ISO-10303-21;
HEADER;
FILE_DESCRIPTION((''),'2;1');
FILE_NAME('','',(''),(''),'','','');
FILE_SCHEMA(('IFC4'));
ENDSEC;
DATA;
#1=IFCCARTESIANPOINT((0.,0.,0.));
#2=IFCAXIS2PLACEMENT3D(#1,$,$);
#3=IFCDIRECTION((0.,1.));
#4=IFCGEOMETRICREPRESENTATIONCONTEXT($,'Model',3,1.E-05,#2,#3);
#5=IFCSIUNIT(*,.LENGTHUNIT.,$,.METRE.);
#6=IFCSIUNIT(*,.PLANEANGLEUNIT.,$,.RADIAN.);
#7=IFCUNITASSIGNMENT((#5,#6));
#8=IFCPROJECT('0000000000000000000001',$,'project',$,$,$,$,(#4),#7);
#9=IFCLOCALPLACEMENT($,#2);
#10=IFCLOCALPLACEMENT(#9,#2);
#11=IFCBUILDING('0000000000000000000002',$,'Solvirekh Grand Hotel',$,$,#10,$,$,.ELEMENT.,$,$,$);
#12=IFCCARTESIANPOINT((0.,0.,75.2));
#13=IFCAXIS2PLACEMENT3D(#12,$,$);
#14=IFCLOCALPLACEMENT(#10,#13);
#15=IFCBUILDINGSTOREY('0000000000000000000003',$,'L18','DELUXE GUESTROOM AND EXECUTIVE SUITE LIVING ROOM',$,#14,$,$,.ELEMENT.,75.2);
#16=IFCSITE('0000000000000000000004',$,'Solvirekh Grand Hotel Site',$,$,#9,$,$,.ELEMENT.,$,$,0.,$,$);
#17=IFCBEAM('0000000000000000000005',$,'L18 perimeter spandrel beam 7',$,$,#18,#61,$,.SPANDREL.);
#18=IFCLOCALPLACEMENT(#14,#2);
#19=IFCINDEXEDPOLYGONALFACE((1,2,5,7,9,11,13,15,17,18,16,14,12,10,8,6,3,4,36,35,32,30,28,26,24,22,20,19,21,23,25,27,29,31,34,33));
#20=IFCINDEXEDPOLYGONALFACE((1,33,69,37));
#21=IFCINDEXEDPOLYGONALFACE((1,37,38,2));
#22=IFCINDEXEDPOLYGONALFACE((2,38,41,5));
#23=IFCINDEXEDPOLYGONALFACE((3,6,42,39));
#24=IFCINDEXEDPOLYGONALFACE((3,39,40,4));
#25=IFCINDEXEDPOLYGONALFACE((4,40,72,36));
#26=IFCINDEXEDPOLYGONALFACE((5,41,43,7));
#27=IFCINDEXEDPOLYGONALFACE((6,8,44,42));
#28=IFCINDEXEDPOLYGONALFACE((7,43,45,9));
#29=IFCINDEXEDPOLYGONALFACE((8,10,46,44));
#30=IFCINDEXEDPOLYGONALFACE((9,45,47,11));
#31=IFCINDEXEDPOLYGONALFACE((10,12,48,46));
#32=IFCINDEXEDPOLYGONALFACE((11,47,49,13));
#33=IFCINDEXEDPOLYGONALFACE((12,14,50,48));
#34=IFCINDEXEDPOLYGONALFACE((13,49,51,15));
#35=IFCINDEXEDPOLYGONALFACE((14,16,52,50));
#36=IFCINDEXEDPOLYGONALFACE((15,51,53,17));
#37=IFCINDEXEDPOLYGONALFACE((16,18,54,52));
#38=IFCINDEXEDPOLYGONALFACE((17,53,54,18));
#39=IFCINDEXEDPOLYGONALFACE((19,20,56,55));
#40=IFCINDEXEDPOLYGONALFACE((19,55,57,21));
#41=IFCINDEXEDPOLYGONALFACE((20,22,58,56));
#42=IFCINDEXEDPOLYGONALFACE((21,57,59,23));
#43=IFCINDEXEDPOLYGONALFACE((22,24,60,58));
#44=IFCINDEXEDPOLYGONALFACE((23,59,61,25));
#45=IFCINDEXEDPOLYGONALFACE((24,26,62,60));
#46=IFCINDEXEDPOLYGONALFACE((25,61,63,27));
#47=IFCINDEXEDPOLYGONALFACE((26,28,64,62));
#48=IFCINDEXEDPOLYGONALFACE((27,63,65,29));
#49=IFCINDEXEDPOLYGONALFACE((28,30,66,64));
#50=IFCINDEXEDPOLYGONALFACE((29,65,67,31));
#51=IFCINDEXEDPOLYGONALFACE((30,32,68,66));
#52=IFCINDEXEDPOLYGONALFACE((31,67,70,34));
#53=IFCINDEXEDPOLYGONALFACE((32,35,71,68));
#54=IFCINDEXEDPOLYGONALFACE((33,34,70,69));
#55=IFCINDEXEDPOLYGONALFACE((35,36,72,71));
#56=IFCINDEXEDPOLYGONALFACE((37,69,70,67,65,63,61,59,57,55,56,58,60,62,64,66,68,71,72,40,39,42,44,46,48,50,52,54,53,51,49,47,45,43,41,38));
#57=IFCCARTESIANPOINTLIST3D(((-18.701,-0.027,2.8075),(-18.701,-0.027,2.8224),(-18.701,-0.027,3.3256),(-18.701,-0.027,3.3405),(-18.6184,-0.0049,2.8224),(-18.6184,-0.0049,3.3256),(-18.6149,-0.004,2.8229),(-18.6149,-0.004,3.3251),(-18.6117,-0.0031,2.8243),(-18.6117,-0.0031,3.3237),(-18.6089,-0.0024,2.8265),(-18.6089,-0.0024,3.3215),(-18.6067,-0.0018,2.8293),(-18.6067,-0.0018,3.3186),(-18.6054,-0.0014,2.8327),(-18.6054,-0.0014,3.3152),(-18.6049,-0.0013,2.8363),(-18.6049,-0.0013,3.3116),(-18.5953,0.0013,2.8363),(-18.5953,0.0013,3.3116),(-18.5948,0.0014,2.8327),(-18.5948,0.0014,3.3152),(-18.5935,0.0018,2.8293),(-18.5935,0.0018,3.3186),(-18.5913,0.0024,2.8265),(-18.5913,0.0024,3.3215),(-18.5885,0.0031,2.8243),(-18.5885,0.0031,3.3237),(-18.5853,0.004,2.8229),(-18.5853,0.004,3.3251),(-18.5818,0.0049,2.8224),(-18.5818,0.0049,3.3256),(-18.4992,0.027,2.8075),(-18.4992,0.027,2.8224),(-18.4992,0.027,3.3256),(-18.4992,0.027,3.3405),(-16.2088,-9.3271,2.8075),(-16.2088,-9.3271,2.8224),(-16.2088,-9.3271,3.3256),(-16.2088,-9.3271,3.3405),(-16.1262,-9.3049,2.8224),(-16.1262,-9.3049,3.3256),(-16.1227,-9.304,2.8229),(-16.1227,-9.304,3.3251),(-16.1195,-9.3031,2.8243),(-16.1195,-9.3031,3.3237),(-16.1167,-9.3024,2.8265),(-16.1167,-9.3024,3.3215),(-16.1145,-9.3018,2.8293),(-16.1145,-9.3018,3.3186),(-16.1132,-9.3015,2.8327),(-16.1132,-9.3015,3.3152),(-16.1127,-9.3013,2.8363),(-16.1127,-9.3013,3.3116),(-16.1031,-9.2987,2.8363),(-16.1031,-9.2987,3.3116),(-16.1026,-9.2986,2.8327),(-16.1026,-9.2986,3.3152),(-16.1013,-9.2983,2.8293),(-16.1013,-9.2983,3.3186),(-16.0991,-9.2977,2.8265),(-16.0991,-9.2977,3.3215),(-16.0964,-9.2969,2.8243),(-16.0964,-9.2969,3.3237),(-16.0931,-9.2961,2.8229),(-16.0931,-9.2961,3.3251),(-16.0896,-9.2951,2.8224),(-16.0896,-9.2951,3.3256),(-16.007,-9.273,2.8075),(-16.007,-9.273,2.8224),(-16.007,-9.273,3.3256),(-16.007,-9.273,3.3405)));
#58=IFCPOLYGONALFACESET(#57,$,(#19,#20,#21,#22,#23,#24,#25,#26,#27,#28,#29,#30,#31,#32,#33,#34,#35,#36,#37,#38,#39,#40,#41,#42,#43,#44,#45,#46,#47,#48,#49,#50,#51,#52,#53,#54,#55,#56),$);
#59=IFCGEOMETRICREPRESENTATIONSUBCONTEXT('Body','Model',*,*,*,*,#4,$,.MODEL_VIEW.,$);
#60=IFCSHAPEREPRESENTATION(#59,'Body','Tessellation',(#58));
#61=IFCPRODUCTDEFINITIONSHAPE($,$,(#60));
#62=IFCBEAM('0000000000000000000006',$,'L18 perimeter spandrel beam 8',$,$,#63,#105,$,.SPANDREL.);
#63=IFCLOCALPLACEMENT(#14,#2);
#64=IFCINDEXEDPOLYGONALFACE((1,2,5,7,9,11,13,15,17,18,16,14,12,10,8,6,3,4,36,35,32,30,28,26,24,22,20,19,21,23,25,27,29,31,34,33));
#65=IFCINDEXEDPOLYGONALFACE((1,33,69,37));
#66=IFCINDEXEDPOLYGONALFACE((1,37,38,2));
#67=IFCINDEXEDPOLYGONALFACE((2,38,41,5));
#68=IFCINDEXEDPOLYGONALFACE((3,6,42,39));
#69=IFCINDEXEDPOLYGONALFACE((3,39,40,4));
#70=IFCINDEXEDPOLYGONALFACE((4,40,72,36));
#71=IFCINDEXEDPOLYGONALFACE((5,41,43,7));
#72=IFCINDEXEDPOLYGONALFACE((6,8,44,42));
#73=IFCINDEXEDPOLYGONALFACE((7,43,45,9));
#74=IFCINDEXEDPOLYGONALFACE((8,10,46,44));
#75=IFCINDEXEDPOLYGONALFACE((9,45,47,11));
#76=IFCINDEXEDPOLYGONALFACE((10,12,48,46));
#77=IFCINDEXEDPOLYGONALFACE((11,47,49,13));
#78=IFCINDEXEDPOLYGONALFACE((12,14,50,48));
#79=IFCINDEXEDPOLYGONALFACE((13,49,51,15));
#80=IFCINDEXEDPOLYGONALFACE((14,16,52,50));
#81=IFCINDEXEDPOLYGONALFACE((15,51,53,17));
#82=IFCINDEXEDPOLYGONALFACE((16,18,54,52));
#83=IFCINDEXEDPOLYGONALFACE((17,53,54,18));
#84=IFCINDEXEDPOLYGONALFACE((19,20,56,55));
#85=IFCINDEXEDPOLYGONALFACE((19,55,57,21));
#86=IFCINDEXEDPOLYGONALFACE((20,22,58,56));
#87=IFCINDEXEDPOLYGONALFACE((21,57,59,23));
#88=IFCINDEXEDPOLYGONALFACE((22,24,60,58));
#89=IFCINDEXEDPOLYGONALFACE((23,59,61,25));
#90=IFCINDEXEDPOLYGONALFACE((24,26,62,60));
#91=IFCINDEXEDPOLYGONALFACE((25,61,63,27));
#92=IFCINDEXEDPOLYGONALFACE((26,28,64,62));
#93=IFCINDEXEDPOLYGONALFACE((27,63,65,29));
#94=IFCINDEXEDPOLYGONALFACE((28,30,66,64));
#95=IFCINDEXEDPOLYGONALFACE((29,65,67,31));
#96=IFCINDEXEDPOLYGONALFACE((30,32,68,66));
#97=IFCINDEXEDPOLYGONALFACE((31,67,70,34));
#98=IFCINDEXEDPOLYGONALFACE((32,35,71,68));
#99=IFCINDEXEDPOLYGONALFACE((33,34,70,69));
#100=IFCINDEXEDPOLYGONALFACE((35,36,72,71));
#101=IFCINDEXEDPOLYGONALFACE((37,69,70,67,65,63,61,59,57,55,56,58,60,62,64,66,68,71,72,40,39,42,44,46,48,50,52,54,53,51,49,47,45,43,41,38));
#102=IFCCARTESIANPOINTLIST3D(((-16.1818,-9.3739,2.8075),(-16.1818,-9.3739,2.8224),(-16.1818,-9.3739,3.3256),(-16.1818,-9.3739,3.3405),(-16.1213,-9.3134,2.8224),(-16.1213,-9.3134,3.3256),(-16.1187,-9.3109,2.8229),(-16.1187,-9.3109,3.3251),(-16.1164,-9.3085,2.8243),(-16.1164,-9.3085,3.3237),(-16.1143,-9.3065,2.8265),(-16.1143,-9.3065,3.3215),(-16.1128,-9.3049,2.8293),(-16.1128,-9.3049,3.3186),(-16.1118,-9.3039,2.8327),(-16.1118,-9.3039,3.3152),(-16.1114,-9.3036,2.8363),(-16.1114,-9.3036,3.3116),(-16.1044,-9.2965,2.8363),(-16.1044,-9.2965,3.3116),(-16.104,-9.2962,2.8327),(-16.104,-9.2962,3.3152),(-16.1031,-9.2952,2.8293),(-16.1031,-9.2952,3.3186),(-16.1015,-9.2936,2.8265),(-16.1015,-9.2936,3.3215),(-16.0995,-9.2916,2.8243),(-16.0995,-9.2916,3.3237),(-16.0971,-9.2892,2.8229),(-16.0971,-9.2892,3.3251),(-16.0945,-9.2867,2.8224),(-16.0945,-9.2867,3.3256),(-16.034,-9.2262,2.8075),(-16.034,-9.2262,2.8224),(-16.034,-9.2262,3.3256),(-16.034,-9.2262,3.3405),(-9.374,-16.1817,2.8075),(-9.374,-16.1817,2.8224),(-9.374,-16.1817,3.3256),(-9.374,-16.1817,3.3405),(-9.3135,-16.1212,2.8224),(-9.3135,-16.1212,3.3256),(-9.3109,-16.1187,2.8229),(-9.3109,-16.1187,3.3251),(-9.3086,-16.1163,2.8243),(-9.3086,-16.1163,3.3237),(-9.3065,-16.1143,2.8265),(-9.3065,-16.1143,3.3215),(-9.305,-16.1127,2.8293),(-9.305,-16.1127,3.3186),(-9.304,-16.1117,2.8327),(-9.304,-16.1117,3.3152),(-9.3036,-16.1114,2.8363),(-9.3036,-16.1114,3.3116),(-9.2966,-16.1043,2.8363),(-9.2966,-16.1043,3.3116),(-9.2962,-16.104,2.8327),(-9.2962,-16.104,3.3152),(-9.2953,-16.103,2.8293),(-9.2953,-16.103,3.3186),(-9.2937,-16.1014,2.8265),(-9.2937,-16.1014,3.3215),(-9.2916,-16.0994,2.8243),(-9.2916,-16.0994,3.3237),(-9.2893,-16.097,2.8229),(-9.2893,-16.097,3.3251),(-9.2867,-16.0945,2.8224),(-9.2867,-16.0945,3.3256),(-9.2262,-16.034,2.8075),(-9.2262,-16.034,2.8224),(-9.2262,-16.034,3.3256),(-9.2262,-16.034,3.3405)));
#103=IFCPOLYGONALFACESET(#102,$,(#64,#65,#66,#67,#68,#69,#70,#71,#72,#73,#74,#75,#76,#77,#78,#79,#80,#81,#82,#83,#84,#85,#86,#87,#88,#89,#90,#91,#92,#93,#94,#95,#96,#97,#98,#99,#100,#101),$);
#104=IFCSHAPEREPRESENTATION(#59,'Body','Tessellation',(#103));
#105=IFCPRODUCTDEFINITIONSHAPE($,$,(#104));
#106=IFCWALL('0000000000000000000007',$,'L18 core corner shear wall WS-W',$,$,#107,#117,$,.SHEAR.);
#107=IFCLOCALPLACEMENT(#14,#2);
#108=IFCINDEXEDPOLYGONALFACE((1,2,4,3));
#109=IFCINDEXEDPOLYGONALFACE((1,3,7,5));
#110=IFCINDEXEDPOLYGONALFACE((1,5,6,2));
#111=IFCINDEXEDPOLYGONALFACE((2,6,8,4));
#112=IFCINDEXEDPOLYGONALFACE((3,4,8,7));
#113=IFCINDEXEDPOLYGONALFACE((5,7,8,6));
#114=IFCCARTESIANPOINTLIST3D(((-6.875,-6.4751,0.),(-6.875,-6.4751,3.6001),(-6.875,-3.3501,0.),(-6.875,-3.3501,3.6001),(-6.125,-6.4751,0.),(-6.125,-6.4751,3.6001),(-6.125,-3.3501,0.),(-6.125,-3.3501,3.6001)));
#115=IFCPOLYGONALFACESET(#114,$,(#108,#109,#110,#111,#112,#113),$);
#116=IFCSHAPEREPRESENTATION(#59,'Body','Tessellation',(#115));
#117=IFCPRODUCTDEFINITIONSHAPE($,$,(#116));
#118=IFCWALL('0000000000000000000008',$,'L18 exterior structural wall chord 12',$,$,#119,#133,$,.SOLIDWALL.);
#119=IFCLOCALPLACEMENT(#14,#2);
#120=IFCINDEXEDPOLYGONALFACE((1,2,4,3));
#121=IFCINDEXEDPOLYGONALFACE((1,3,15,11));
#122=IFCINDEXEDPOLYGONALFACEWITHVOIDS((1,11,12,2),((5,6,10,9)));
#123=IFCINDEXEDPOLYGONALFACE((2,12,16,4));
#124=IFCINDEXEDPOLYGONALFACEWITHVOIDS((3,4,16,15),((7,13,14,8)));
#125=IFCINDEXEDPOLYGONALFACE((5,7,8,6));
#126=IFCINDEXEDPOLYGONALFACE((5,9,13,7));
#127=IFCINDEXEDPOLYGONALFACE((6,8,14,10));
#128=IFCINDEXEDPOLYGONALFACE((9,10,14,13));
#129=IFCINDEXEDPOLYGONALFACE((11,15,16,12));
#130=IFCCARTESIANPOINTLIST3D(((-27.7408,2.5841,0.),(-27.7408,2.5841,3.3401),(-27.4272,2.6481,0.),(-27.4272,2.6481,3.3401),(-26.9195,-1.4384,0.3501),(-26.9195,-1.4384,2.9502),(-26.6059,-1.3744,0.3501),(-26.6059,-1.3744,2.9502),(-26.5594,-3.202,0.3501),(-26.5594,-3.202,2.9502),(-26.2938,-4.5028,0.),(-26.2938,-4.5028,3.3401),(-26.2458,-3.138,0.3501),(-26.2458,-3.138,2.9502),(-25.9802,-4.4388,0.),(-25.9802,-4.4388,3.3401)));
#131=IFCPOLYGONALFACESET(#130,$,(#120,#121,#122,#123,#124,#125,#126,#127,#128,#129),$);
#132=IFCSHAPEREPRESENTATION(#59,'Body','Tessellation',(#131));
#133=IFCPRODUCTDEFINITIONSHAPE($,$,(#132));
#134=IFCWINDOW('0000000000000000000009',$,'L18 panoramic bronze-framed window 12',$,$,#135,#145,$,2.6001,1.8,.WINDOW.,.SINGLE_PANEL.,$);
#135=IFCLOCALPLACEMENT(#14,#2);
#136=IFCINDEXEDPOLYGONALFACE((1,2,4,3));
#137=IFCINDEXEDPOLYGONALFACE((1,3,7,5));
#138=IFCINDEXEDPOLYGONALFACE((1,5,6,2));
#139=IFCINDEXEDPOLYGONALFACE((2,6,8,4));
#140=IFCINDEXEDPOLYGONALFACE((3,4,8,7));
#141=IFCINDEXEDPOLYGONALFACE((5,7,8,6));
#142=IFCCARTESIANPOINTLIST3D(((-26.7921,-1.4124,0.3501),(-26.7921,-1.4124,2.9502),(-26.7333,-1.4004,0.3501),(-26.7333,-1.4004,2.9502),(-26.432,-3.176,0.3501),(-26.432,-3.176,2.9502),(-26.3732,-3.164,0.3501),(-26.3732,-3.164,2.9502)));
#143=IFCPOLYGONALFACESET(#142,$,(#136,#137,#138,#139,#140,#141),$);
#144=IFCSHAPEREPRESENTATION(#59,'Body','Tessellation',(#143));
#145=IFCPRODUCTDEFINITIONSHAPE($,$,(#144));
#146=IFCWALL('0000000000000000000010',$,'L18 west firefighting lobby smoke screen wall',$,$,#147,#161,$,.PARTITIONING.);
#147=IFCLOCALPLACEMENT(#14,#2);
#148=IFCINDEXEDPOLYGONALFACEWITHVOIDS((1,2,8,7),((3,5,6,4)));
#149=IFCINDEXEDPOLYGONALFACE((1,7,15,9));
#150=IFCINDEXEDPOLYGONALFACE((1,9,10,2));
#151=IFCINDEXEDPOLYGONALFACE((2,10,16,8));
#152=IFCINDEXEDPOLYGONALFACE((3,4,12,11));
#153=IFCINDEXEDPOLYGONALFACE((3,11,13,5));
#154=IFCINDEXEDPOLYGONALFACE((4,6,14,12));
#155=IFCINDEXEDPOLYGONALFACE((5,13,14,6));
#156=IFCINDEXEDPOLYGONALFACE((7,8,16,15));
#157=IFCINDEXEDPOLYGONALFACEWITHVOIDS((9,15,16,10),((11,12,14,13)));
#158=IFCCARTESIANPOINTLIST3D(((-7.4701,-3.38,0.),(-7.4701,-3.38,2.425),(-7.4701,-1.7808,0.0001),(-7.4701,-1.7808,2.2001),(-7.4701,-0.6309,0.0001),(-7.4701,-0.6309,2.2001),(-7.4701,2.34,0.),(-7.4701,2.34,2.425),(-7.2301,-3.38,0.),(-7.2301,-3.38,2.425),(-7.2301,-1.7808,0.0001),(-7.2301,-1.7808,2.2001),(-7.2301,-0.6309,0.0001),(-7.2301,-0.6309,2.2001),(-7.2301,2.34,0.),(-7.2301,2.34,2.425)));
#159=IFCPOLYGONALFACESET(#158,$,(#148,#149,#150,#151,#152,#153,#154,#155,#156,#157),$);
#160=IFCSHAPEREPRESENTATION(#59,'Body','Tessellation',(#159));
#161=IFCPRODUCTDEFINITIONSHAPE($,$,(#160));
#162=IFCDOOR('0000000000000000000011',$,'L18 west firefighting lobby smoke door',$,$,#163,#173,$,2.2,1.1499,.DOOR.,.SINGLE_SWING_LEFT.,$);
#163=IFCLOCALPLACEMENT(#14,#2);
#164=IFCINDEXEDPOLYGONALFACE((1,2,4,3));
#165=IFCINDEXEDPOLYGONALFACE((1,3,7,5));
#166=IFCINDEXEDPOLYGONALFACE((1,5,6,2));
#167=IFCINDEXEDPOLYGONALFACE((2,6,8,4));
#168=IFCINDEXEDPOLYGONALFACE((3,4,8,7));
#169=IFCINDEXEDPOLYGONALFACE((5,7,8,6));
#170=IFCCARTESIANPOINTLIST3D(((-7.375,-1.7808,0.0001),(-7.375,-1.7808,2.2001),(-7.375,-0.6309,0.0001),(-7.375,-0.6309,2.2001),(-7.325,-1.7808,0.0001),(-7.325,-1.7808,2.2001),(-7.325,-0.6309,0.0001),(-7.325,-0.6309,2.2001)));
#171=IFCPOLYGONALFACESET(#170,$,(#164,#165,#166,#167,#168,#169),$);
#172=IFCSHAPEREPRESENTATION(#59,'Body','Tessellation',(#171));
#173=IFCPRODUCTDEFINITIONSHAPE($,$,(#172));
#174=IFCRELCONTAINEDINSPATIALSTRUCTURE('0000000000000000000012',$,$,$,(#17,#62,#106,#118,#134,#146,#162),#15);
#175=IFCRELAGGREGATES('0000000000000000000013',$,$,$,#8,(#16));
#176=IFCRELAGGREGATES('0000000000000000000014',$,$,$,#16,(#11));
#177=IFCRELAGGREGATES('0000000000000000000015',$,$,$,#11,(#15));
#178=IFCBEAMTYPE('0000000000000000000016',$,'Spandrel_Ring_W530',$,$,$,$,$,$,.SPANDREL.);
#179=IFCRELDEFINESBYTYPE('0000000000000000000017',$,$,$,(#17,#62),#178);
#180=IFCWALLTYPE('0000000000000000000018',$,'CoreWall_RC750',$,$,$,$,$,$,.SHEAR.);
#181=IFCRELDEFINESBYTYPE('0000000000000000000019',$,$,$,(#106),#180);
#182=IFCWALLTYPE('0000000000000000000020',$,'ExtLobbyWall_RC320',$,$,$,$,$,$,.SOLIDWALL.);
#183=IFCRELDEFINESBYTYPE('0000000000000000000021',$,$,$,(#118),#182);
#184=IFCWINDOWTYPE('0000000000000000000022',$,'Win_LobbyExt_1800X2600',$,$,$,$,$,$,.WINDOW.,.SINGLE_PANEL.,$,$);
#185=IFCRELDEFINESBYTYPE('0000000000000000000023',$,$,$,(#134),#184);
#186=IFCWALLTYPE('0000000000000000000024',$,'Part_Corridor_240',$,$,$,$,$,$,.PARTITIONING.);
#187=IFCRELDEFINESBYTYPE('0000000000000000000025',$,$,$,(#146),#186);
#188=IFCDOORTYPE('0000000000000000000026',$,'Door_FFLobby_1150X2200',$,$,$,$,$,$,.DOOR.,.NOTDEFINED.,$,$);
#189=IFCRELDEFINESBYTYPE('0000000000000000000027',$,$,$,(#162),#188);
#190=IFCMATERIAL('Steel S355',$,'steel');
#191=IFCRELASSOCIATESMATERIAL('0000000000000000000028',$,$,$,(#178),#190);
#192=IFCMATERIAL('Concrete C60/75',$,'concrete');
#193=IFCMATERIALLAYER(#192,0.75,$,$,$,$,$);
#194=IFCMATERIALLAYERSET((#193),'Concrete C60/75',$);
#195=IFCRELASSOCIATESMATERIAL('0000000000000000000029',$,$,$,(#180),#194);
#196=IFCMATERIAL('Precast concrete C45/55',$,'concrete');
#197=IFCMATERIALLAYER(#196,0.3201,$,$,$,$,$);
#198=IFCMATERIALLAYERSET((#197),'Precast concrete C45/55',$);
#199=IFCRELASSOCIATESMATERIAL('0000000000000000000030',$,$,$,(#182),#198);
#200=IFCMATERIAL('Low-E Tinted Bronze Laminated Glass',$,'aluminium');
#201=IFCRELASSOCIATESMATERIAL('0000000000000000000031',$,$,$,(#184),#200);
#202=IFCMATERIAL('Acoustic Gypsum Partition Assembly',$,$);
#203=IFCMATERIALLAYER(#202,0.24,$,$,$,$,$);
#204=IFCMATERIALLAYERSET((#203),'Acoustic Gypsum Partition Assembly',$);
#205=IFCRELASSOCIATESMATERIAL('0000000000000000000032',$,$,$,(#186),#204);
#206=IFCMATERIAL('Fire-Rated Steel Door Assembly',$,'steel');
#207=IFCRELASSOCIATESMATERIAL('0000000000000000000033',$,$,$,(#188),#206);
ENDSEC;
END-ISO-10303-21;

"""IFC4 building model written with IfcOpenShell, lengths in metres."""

from ifc_helpers import new_model, si_unit, direction, frame, frame_2d, origin, origin_2d, place, context, subcontext, project, spatial, rectangle, i_section, extrude, material, layer, layer_set, material_profile, profile_set, type_object, element, fill, save


model = new_model("IFC4")

# Units and contexts
model_context = context("Model", 3, precision=1e-05, world=origin(), true_north=direction((0.0, 1.0)))
body_context = subcontext(model_context, "Body", "Model", "MODEL_VIEW")
ifc_project = project(units=[si_unit("LENGTHUNIT", "METRE"), si_unit("PLANEANGLEUNIT", "RADIAN")], contexts=[model_context])

# Site, building, storey
site_placement = place(None, origin())
site = spatial("IfcSite", under=ifc_project, at=site_placement, Name="Solvirekh Grand Hotel Site", CompositionType="ELEMENT", RefElevation=0.0)
building_placement = place(site_placement, origin())
building = spatial("IfcBuilding", under=site, at=building_placement, Name="Solvirekh Grand Hotel", CompositionType="ELEMENT")
storey_placement = place(building_placement, frame((0.0, 0.0, 75.2)))
storey = spatial("IfcBuildingStorey", under=building, at=storey_placement, Name="L18", Description="DELUXE GUESTROOM AND EXECUTIVE SUITE LIVING ROOM", CompositionType="ELEMENT", Elevation=75.2)

# Shared definitions
ifc_material_1 = material(Name="Concrete C60/75", Category="concrete")

# Beams
ifc_material_2 = material(Name="Steel S355", Category="steel")
ifc_material_profile_1 = material_profile(ifc_material_2, i_section(OverallWidth=0.209, OverallDepth=0.533, WebThickness=0.01, FlangeThickness=0.0149, FilletRadius=0.0139, at=origin_2d()), Name="W530X92")
ifc_profile_set_1 = profile_set([ifc_material_profile_1], Name="Steel S355")
beam_type_1 = type_object("IfcBeamType", Name="Spandrel_Ring_W530", PredefinedType="SPANDREL", material=ifc_profile_set_1)
beam_1_placement = place(storey_placement, frame((-18.6001, 0.0, 3.074), z_axis=(0.258843, -0.965919, 0.0), x_axis=(0.965919, 0.258843, 0.0)))
element("IfcBeam", 1, at=beam_1_placement, inside=storey, type_object=beam_type_1, Name="L18 perimeter spandrel beam 7", PredefinedType="SPANDREL", context=body_context, shape_type="SweptSolid", body=[
    extrude(i_section(OverallWidth=0.209, OverallDepth=0.533, WebThickness=0.01, FlangeThickness=0.0149, FilletRadius=0.0139, at=origin_2d()), origin(), (0.0, 0.0, 1.0), 9.6282),
])
beam_2_placement = place(storey_placement, frame((-16.1079, -9.3, 3.074), z_axis=(0.707107, -0.707107, 0.0), x_axis=(0.707107, 0.707107, 0.0)))
element("IfcBeam", 2, at=beam_2_placement, inside=storey, type_object=beam_type_1, Name="L18 perimeter spandrel beam 8", PredefinedType="SPANDREL", context=body_context, shape_type="SweptSolid", body=[
    extrude(i_section(OverallWidth=0.209, OverallDepth=0.533, WebThickness=0.01, FlangeThickness=0.0149, FilletRadius=0.0139, at=origin_2d()), origin(), (0.0, 0.0, 1.0), 9.6277),
])

# Wall
ifc_layer_1 = layer(ifc_material_1, 0.75)
ifc_layer_set_1 = layer_set([ifc_layer_1], Name="Concrete C60/75")
wall_type_1 = type_object("IfcWallType", Name="CoreWall_RC750", PredefinedType="SHEAR", material=ifc_layer_set_1)
wall_1_placement = place(storey_placement, frame((-6.5, -6.4751, 0.0), z_axis=(0.0, 0.0, 1.0), x_axis=(0.0, 1.0, 0.0)))
element("IfcWall", 3, at=wall_1_placement, inside=storey, type_object=wall_type_1, Name="L18 core corner shear wall WS-W", PredefinedType="SHEAR", context=body_context, shape_type="SweptSolid", body=[
    extrude(rectangle(XDim=3.125, YDim=0.75, at=frame_2d((1.5625, 0.0))), origin(), (0.0, 0.0, 1.0), 3.6001),
])

# Wall, opening, window
ifc_material_3 = material(Name="Precast concrete C45/55", Category="concrete")
ifc_layer_2 = layer(ifc_material_3, 0.3201)
ifc_layer_set_2 = layer_set([ifc_layer_2], Name="Precast concrete C45/55")
wall_type_2 = type_object("IfcWallType", Name="ExtLobbyWall_RC320", PredefinedType="SOLIDWALL", material=ifc_layer_set_2)
wall_2_placement = place(storey_placement, frame((-26.137, -4.4709, 0.0), z_axis=(0.0, 0.0, 1.0), x_axis=(-0.200055, 0.979785, 0.0)))
wall_2 = element("IfcWall", 4, at=wall_2_placement, inside=storey, type_object=wall_type_2, Name="L18 exterior structural wall chord 12", PredefinedType="SOLIDWALL", context=body_context, shape_type="SweptSolid", body=[
    extrude(rectangle(XDim=7.2332, YDim=0.3201, at=frame_2d((3.6167, 0.0))), origin(), (0.0, 0.0, 1.0), 3.3401),
])
opening_1_placement = place(wall_2_placement, frame((1.3279, 0.0, 0.3501)))
opening_1 = element("IfcOpeningElement", 5, at=opening_1_placement, cuts=wall_2, PredefinedType="OPENING", context=body_context, shape_type="SweptSolid", body=[
    extrude(rectangle(XDim=1.8, YDim=2.6001, at=frame_2d((0.8999, 1.3))), frame((0.0, 0.1699, 0.0), z_axis=(0.0, -1.0, 0.0), x_axis=(1.0, 0.0, 0.0)), (0.0, 0.0, 1.0), 0.3401),
])
ifc_material_4 = material(Name="Low-E Tinted Bronze Laminated Glass", Category="aluminium")
window_type = type_object("IfcWindowType", Name="Win_LobbyExt_1800X2600", PartitioningType="SINGLE_PANEL", PredefinedType="WINDOW", material=ifc_material_4)
window_placement = place(opening_1_placement, origin())
window = element("IfcWindow", 6, at=window_placement, inside=storey, type_object=window_type, Name="L18 panoramic bronze-framed window 12", OverallHeight=2.6001, OverallWidth=1.8, PartitioningType="SINGLE_PANEL", PredefinedType="WINDOW", context=body_context, shape_type="SweptSolid", body=[
    extrude(rectangle(XDim=1.8, YDim=2.6001, at=frame_2d((0.8999, 1.3))), frame((0.0, 0.03, 0.0), z_axis=(0.0, -1.0, 0.0), x_axis=(1.0, 0.0, 0.0)), (0.0, 0.0, 1.0), 0.0601),
])
fill(opening_1, window)

# Wall, opening, door
ifc_material_5 = material(Name="Acoustic Gypsum Partition Assembly")
ifc_layer_3 = layer(ifc_material_5, 0.24)
ifc_layer_set_3 = layer_set([ifc_layer_3], Name="Acoustic Gypsum Partition Assembly")
wall_type_3 = type_object("IfcWallType", Name="Part_Corridor_240", PredefinedType="PARTITIONING", material=ifc_layer_set_3)
wall_3_placement = place(storey_placement, frame((-7.3501, -3.3799, 0.0), z_axis=(0.0, 0.0, 1.0), x_axis=(0.0, 1.0, 0.0)))
wall_3 = element("IfcWall", 7, at=wall_3_placement, inside=storey, type_object=wall_type_3, Name="L18 west firefighting lobby smoke screen wall", PredefinedType="PARTITIONING", context=body_context, shape_type="SweptSolid", body=[
    extrude(rectangle(XDim=5.72, YDim=0.24, at=frame_2d((2.8599, 0.0))), origin(), (0.0, 0.0, 1.0), 2.425),
])
opening_2_placement = place(wall_3_placement, frame((1.5991, 0.0, 0.0)))
opening_2 = element("IfcOpeningElement", 8, at=opening_2_placement, cuts=wall_3, PredefinedType="OPENING", context=body_context, shape_type="SweptSolid", body=[
    extrude(rectangle(XDim=1.1499, YDim=2.2, at=frame_2d((0.575, 1.1001))), frame((0.0, 0.1299, 0.0), z_axis=(0.0, -1.0, 0.0), x_axis=(1.0, 0.0, 0.0)), (0.0, 0.0, 1.0), 0.26),
])
ifc_material_6 = material(Name="Fire-Rated Steel Door Assembly", Category="steel")
door_type_1 = type_object("IfcDoorType", Name="Door_FFLobby_1150X2200", OperationType="NOTDEFINED", PredefinedType="DOOR", material=ifc_material_6)
door_1_placement = place(opening_2_placement, origin())
door_1 = element("IfcDoor", 9, at=door_1_placement, inside=storey, type_object=door_type_1, Name="L18 west firefighting lobby smoke door", OperationType="SINGLE_SWING_LEFT", OverallHeight=2.2, OverallWidth=1.1499, PredefinedType="DOOR", context=body_context, shape_type="SweptSolid", body=[
    extrude(rectangle(XDim=1.1499, YDim=2.2, at=frame_2d((0.575, 1.1001))), frame((0.0, 0.0249, 0.0), z_axis=(0.0, -1.0, 0.0), x_axis=(1.0, 0.0, 0.0)), (0.0, 0.0, 1.0), 0.05),
])
fill(opening_2, door_1)

save(model, "model.ifc")
